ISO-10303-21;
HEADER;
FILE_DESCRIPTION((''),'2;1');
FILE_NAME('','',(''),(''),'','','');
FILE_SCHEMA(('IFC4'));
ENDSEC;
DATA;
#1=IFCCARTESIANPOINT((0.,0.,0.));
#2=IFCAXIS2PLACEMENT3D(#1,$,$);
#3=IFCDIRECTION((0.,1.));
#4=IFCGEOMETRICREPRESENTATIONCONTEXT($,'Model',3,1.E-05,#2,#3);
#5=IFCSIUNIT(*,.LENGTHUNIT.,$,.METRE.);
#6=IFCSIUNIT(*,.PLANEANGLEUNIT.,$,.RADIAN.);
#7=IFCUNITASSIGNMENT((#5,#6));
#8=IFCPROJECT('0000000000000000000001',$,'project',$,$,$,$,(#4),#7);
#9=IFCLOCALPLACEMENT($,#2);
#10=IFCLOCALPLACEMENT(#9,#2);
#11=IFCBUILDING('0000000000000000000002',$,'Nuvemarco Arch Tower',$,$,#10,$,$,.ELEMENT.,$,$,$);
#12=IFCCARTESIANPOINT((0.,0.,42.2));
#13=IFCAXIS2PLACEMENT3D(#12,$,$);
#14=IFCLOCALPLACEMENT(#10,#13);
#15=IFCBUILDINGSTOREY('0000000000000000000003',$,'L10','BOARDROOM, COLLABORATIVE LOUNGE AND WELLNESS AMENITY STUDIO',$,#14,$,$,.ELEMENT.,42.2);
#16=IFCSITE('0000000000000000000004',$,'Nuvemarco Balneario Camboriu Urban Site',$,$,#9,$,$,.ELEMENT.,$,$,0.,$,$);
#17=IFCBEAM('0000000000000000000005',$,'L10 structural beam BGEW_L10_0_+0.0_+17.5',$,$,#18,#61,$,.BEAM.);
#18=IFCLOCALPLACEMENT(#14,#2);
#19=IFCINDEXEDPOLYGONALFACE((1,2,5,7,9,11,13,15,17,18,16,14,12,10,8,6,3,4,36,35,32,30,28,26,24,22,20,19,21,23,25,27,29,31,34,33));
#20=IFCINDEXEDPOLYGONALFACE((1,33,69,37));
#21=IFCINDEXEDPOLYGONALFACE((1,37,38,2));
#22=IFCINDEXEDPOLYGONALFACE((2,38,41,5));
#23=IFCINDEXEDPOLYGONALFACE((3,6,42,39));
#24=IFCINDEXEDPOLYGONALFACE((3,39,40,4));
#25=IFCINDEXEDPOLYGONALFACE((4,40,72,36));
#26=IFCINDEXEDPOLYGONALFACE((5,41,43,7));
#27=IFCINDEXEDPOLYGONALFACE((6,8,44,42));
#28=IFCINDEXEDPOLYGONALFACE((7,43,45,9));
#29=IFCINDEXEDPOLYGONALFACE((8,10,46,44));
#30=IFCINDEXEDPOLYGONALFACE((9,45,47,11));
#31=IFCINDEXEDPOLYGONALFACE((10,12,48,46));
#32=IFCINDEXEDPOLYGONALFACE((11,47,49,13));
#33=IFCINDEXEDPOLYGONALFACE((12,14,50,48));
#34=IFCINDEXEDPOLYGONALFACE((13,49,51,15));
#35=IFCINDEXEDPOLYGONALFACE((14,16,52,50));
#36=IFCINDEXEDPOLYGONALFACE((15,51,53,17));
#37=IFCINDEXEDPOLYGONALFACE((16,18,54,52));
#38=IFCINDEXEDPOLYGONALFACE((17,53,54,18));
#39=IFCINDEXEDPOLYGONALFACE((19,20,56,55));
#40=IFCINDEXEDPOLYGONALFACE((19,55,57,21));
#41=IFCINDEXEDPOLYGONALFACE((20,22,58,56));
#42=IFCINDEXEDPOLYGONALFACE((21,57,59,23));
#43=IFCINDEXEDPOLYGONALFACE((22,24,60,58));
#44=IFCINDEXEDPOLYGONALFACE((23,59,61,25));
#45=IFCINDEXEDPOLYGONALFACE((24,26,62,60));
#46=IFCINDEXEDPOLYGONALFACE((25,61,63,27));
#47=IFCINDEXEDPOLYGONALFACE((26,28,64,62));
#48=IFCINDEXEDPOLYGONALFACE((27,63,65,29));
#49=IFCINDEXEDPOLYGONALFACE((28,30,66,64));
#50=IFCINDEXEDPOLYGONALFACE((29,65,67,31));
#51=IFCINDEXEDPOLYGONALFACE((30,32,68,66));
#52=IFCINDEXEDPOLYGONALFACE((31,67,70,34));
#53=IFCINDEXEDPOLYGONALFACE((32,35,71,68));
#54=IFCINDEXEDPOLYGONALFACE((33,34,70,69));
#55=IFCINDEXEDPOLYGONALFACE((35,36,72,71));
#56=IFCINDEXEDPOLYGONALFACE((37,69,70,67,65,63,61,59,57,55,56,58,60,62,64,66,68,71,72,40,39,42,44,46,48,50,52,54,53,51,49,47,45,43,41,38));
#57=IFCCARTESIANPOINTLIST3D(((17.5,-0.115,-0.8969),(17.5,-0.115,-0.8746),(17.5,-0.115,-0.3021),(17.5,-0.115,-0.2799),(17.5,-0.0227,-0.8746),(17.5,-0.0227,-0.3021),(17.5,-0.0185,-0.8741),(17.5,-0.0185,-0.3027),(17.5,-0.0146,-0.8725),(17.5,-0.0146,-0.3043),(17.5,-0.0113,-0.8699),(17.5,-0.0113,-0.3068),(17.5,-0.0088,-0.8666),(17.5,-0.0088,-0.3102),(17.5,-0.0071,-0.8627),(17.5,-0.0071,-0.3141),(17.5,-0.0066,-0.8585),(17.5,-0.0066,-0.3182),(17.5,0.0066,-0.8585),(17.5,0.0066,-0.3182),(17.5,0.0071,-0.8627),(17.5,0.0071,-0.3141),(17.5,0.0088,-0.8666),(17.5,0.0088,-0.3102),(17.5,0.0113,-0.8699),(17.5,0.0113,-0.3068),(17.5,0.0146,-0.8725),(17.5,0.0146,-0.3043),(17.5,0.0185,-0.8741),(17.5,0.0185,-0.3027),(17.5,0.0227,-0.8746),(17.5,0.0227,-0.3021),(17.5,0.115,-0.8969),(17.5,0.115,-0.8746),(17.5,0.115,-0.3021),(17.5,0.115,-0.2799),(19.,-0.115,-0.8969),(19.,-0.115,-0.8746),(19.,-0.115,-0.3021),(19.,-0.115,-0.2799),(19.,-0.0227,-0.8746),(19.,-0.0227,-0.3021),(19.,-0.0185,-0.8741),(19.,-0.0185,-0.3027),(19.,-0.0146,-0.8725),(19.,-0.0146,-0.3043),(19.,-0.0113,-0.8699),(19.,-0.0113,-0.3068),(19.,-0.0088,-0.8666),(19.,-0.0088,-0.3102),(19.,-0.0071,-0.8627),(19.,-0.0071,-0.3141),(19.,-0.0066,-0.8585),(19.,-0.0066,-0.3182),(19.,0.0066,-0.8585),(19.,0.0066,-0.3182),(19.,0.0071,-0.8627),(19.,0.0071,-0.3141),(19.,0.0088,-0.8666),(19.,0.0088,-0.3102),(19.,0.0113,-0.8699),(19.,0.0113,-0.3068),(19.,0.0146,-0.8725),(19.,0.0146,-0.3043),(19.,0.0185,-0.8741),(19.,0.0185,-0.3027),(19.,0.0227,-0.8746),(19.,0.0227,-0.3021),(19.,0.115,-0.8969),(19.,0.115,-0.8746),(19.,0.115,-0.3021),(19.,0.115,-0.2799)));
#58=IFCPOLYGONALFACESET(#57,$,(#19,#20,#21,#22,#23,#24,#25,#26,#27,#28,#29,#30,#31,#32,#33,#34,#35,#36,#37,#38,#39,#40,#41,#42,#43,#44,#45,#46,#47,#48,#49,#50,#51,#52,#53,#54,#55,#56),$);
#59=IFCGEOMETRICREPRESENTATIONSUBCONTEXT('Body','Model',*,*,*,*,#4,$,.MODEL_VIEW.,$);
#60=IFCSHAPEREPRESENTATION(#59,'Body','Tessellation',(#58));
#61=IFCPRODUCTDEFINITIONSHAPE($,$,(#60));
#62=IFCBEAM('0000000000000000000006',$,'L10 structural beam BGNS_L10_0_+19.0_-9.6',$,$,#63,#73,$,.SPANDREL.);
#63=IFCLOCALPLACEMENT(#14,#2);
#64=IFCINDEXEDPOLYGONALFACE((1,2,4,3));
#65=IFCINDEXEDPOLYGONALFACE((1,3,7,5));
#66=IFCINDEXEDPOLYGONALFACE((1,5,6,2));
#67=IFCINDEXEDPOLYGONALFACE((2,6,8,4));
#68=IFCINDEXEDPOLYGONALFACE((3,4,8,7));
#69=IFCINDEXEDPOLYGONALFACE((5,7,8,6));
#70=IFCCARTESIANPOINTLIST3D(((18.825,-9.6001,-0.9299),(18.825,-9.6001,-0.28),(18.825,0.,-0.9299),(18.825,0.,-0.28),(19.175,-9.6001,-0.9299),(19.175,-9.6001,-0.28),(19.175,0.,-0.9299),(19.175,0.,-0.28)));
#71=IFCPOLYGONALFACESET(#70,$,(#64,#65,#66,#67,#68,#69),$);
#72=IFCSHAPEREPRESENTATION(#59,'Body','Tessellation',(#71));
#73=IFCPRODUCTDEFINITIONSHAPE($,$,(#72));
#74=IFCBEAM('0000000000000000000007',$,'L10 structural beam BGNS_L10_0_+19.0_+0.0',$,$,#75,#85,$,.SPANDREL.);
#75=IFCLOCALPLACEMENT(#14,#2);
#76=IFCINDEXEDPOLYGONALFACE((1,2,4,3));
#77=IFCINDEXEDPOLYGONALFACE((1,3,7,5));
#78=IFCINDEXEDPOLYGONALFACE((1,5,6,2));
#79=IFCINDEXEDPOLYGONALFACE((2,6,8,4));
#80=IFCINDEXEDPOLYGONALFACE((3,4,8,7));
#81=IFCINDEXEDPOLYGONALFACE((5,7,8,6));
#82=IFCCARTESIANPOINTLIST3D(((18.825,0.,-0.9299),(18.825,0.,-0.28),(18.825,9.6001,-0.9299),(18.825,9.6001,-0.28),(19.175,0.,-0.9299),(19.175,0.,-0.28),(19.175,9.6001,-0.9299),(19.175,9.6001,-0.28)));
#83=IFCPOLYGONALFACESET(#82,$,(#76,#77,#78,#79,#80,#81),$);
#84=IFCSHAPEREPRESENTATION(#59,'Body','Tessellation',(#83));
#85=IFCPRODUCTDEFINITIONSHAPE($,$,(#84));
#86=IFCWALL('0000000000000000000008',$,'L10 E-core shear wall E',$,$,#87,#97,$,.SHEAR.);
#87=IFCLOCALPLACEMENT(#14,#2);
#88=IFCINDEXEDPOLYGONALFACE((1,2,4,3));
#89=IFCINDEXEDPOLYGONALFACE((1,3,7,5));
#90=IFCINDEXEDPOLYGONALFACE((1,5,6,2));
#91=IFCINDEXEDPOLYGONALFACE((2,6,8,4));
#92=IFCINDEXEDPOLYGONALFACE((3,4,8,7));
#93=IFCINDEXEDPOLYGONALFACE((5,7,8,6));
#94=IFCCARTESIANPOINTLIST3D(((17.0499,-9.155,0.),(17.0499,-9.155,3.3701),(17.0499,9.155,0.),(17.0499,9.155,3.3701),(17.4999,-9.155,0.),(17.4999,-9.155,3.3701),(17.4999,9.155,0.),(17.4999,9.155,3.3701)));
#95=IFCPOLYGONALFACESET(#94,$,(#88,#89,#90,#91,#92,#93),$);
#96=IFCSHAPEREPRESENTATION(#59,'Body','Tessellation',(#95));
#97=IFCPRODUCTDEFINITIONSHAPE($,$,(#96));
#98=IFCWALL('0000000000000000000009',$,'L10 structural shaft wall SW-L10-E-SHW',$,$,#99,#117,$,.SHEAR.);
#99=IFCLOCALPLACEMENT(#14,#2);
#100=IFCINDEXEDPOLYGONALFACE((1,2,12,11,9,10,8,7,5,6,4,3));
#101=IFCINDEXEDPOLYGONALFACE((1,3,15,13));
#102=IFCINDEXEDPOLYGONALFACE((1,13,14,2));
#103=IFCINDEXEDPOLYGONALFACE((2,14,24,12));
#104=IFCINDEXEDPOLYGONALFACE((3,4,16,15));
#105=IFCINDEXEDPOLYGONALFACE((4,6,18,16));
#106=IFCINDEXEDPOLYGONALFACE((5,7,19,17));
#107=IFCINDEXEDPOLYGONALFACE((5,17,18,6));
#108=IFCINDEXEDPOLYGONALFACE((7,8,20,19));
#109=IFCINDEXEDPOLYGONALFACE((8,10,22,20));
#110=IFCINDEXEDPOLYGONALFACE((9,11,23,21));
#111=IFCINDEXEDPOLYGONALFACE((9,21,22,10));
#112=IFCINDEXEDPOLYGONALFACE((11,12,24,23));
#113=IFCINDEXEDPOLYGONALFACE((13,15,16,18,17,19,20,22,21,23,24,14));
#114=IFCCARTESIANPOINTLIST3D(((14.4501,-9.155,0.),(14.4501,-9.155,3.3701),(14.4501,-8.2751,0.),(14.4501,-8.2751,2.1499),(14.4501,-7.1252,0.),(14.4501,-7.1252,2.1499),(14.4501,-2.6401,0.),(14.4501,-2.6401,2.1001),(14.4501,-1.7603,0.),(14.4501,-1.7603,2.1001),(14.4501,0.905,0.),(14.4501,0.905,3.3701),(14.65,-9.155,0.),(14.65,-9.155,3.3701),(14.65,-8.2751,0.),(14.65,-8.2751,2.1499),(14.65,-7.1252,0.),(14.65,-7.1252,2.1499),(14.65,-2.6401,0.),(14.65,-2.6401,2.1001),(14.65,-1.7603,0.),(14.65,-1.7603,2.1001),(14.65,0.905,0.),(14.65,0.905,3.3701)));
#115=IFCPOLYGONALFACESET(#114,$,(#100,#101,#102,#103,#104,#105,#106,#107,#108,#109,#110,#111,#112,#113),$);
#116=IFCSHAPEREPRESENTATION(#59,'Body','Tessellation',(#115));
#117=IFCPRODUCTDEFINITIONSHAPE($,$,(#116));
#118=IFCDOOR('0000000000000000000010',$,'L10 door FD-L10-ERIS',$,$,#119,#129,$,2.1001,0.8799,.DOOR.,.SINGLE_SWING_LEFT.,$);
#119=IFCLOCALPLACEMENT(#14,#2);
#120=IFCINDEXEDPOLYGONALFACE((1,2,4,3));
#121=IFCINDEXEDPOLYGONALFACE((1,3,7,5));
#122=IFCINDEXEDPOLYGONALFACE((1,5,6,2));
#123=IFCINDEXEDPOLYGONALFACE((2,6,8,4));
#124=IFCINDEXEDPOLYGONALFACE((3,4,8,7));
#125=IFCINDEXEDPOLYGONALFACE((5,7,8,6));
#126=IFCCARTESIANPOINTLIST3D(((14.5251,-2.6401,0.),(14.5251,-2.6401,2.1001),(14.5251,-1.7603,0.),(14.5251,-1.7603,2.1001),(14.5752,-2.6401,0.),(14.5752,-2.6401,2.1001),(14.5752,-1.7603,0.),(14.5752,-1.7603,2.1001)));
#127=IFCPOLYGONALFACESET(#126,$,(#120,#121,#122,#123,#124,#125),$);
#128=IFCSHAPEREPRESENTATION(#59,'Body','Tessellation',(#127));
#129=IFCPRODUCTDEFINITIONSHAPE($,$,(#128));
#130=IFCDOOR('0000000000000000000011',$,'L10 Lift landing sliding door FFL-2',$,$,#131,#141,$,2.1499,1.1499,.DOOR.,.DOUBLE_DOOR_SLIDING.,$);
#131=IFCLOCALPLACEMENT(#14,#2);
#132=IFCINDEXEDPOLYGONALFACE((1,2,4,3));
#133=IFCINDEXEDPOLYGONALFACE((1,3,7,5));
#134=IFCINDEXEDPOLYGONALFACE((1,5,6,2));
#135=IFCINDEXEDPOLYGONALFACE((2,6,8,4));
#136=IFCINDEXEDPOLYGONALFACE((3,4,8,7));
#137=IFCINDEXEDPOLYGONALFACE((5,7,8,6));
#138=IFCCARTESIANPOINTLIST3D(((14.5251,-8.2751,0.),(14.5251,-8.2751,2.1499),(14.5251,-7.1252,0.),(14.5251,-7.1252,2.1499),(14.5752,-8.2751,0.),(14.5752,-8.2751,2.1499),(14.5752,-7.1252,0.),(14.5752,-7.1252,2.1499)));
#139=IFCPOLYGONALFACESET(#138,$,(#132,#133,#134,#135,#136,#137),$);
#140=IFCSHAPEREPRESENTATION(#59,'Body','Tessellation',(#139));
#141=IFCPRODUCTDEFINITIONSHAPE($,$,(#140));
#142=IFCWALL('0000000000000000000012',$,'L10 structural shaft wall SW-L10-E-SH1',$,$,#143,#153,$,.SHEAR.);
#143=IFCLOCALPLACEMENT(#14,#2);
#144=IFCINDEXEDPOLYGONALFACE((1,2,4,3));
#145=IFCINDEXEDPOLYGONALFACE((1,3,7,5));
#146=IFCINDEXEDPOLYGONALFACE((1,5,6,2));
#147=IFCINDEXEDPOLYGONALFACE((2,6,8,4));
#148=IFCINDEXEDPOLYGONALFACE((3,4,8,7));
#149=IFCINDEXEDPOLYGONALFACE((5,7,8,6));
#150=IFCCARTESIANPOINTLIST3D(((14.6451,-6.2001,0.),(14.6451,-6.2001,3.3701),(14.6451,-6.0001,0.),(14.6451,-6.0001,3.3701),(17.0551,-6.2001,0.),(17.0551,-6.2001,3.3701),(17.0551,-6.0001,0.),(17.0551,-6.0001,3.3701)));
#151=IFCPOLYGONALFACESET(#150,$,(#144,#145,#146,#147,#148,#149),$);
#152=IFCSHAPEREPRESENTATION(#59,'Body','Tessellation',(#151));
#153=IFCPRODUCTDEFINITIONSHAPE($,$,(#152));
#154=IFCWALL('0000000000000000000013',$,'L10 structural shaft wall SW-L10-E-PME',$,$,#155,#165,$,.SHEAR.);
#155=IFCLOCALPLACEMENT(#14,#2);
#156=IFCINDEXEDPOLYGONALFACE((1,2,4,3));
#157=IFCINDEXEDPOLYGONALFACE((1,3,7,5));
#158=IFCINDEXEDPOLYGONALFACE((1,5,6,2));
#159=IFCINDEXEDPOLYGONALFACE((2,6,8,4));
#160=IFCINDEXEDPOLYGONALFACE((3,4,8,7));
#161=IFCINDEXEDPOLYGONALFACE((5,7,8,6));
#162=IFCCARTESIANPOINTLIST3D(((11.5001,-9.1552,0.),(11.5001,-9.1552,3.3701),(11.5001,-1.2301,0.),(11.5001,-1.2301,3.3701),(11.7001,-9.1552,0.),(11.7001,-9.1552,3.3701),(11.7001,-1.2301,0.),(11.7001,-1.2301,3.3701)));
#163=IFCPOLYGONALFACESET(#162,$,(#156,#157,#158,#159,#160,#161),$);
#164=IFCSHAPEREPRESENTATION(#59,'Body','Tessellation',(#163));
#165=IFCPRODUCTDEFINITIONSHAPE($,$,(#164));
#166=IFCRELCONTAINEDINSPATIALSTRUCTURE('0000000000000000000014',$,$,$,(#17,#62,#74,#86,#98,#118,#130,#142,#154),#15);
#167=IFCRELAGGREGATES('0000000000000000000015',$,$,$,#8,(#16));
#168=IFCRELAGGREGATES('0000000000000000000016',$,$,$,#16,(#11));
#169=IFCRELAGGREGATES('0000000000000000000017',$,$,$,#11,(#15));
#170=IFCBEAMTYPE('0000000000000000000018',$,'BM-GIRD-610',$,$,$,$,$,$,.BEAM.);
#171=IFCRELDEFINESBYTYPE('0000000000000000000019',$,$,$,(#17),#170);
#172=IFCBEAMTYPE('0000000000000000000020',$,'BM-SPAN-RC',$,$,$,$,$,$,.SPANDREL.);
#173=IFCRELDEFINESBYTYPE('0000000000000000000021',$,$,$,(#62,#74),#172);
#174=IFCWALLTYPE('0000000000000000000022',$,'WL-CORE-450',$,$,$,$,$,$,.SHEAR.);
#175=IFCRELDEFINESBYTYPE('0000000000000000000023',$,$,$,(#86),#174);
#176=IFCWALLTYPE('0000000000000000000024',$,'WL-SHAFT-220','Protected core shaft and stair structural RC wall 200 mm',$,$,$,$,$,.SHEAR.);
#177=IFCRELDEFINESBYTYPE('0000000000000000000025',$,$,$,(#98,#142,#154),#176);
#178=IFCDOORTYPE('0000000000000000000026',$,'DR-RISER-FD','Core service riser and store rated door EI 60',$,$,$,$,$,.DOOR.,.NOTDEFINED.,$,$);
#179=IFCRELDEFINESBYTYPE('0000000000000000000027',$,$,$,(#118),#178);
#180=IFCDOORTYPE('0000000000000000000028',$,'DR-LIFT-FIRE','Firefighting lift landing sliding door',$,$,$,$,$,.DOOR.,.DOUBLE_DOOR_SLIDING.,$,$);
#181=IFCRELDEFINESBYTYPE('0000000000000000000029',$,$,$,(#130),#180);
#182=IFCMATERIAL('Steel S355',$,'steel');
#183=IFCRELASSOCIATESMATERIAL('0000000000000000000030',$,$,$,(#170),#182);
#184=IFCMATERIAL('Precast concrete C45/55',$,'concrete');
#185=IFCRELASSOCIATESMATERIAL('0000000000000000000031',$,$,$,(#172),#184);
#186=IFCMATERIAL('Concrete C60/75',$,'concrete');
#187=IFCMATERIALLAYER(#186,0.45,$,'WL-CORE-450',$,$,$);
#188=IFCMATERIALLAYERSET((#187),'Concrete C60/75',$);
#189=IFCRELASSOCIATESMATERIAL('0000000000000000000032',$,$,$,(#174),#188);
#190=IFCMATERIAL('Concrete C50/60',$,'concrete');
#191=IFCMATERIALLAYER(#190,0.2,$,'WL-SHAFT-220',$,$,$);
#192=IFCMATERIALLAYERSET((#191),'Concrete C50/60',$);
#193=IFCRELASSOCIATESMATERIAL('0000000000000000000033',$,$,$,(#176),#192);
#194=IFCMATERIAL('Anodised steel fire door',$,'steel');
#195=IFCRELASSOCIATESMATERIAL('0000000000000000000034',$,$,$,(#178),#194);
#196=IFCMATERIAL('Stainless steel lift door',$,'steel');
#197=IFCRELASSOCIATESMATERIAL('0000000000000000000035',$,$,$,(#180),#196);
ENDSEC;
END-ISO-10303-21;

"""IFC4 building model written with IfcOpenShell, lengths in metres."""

from ifc_helpers import new_model, si_unit, direction, frame, frame_2d, origin, origin_2d, place, context, subcontext, project, spatial, rectangle, i_section, extrude, source, transform, mapped, material, layer, layer_set, material_profile, profile_set, type_object, type_shapes, element, fill, save


model = new_model("IFC4")

# Units and contexts
model_context = context("Model", 3, precision=1e-05, world=origin(), true_north=direction((0.0, 1.0)))
body_context = subcontext(model_context, "Body", "Model", "MODEL_VIEW")
ifc_project = project(units=[si_unit("LENGTHUNIT", "METRE"), si_unit("PLANEANGLEUNIT", "RADIAN")], contexts=[model_context])

# Site, building, storey
site_placement = place(None, origin())
site = spatial("IfcSite", under=ifc_project, at=site_placement, Name="Nuvemarco Balneario Camboriu Urban Site", CompositionType="ELEMENT", RefElevation=0.0)
building_placement = place(site_placement, origin())
building = spatial("IfcBuilding", under=site, at=building_placement, Name="Nuvemarco Arch Tower", CompositionType="ELEMENT")
storey_placement = place(building_placement, frame((0.0, 0.0, 42.2)))
storey = spatial("IfcBuildingStorey", under=building, at=storey_placement, Name="L10", Description="BOARDROOM, COLLABORATIVE LOUNGE AND WELLNESS AMENITY STUDIO", CompositionType="ELEMENT", Elevation=42.2)

# Shared definitions
ifc_material_1 = material(Name="Concrete C60/75", Category="concrete")

# Beams
ifc_material_2 = material(Name="Steel S355", Category="steel")
ifc_material_profile_1 = material_profile(ifc_material_2, i_section(OverallWidth=0.23, OverallDepth=0.6169, WebThickness=0.0132, FlangeThickness=0.0222, FilletRadius=0.0161, at=origin_2d()), Name="W610x140")
ifc_profile_set_1 = profile_set([ifc_material_profile_1], Name="Steel S355")
beam_type_1 = type_object("IfcBeamType", Name="BM-GIRD-610", PredefinedType="BEAM", material=ifc_profile_set_1)
for number, where, z_axis, x_axis, name in (
    (1, (17.5, 0.0, -0.5884), (1.0, 0.0, 0.0), (0.0, 1.0, 0.0), "L10 structural beam BGEW_L10_0_+0.0_+17.5"),
):
    element("IfcBeam", number, at=place(storey_placement, frame(where, z_axis=z_axis, x_axis=x_axis)), inside=storey, type_object=beam_type_1, Name=name, PredefinedType="BEAM", context=body_context, shape_type="SweptSolid", body=[
        extrude(i_section(OverallWidth=0.23, OverallDepth=0.6169, WebThickness=0.0132, FlangeThickness=0.0222, FilletRadius=0.0161, at=origin_2d()), origin(), (0.0, 0.0, 1.0), 1.5),
    ])
ifc_material_3 = material(Name="Precast concrete C45/55", Category="concrete")
ifc_material_profile_2 = material_profile(ifc_material_3, rectangle(XDim=0.3501, YDim=0.6499, at=origin_2d()), Name="PC-SP-350x650")
ifc_profile_set_2 = profile_set([ifc_material_profile_2], Name="Precast concrete C45/55")
beam_type_2 = type_object("IfcBeamType", Name="BM-SPAN-RC", PredefinedType="SPANDREL", material=ifc_profile_set_2)
for number, where, z_axis, x_axis, name in (
    (2, (19.0, -9.6001, -0.605), (0.0, 1.0, 0.0), (-1.0, 0.0, 0.0), "L10 structural beam BGNS_L10_0_+19.0_-9.6"),
    (3, (19.0, 0.0, -0.605), (0.0, 1.0, 0.0), (-1.0, 0.0, 0.0), "L10 structural beam BGNS_L10_0_+19.0_+0.0"),
):
    element("IfcBeam", number, at=place(storey_placement, frame(where, z_axis=z_axis, x_axis=x_axis)), inside=storey, type_object=beam_type_2, Name=name, PredefinedType="SPANDREL", context=body_context, shape_type="SweptSolid", body=[
        extrude(rectangle(XDim=0.3501, YDim=0.6499, at=origin_2d()), origin(), (0.0, 0.0, 1.0), 9.6001),
    ])

# Wall
ifc_layer_1 = layer(ifc_material_1, 0.45, Name="WL-CORE-450")
ifc_layer_set_1 = layer_set([ifc_layer_1], Name="Concrete C60/75")
wall_type_1 = type_object("IfcWallType", Name="WL-CORE-450", PredefinedType="SHEAR", material=ifc_layer_set_1)
wall_1_placement = place(storey_placement, frame((17.2749, -9.155, 0.0), z_axis=(0.0, 0.0, 1.0), x_axis=(0.0, 1.0, 0.0)))
element("IfcWall", 4, at=wall_1_placement, inside=storey, type_object=wall_type_1, Name="L10 E-core shear wall E", PredefinedType="SHEAR", context=body_context, shape_type="SweptSolid", body=[
    extrude(rectangle(XDim=18.3101, YDim=0.45, at=frame_2d((9.155, 0.0))), origin(), (0.0, 0.0, 1.0), 3.3701),
])

# Wall, openings, doors
ifc_material_4 = material(Name="Concrete C50/60", Category="concrete")
ifc_layer_2 = layer(ifc_material_4, 0.2, Name="WL-SHAFT-220")
ifc_layer_set_2 = layer_set([ifc_layer_2], Name="Concrete C50/60")
wall_type_2 = type_object("IfcWallType", Name="WL-SHAFT-220", Description="Protected core shaft and stair structural RC wall 200 mm", PredefinedType="SHEAR", material=ifc_layer_set_2)
wall_2_placement = place(storey_placement, frame((14.55, -9.155, 0.0), z_axis=(0.0, 0.0, 1.0), x_axis=(0.0, 1.0, 0.0)))
wall_2 = element("IfcWall", 5, at=wall_2_placement, inside=storey, type_object=wall_type_2, Name="L10 structural shaft wall SW-L10-E-SHW", PredefinedType="SHEAR", context=body_context, shape_type="SweptSolid", body=[
    extrude(rectangle(XDim=10.0601, YDim=0.2, at=frame_2d((5.03, 0.0))), origin(), (0.0, 0.0, 1.0), 3.3701),
])
opening_1_placement = place(wall_2_placement, frame((6.5149, 0.0, 0.0)))
opening_1 = element("IfcOpeningElement", 6, at=opening_1_placement, cuts=wall_2, PredefinedType="OPENING", context=body_context, shape_type="SweptSolid", body=[
    extrude(rectangle(XDim=0.8799, YDim=2.1001, at=frame_2d((0.4399, 1.05))), frame((0.0, 0.1099, 0.0), z_axis=(0.0, -1.0, 0.0), x_axis=(1.0, 0.0, 0.0)), (0.0, 0.0, 1.0), 0.22),
])
opening_2_placement = place(wall_2_placement, frame((0.8799, 0.0, 0.0)))
opening_2 = element("IfcOpeningElement", 7, at=opening_2_placement, cuts=wall_2, PredefinedType="OPENING", context=body_context, shape_type="SweptSolid", body=[
    extrude(rectangle(XDim=1.1499, YDim=2.1499, at=frame_2d((0.575, 1.075))), frame((0.0, 0.1099, 0.0), z_axis=(0.0, -1.0, 0.0), x_axis=(1.0, 0.0, 0.0)), (0.0, 0.0, 1.0), 0.22),
])
ifc_material_5 = material(Name="Anodised steel fire door", Category="steel")
door_type_1 = type_object("IfcDoorType", Name="DR-RISER-FD", Description="Core service riser and store rated door EI 60", OperationType="NOTDEFINED", PredefinedType="DOOR", material=ifc_material_5)
shared_shape_1 = source(origin(), body_context, "Body", "SweptSolid", [
    extrude(rectangle(XDim=0.8799, YDim=2.1001, at=frame_2d((0.4399, 1.05))), frame((0.0, 0.0249, 0.0), z_axis=(0.0, -1.0, 0.0), x_axis=(1.0, 0.0, 0.0)), (0.0, 0.0, 1.0), 0.05),
])
type_shapes(door_type_1, [shared_shape_1])
door_1_placement = place(opening_1_placement, origin())
door_1 = element("IfcDoor", 8, at=door_1_placement, inside=storey, type_object=door_type_1, Name="L10 door FD-L10-ERIS", OperationType="SINGLE_SWING_LEFT", OverallHeight=2.1001, OverallWidth=0.8799, PredefinedType="DOOR", context=body_context, shape_type="MappedRepresentation", body=[
    mapped(shared_shape_1, transform((0.0, 0.0, 0.0), scale=1.0)),
])
fill(opening_1, door_1)
ifc_material_6 = material(Name="Stainless steel lift door", Category="steel")
door_type_2 = type_object("IfcDoorType", Name="DR-LIFT-FIRE", Description="Firefighting lift landing sliding door", OperationType="DOUBLE_DOOR_SLIDING", PredefinedType="DOOR", material=ifc_material_6)
shared_shape_2 = source(origin(), body_context, "Body", "SweptSolid", [
    extrude(rectangle(XDim=1.1499, YDim=2.1499, at=frame_2d((0.575, 1.075))), frame((0.0, 0.0249, 0.0), z_axis=(0.0, -1.0, 0.0), x_axis=(1.0, 0.0, 0.0)), (0.0, 0.0, 1.0), 0.05),
])
type_shapes(door_type_2, [shared_shape_2])
door_2_placement = place(opening_2_placement, origin())
door_2 = element("IfcDoor", 9, at=door_2_placement, inside=storey, type_object=door_type_2, Name="L10 Lift landing sliding door FFL-2", OperationType="DOUBLE_DOOR_SLIDING", OverallHeight=2.1499, OverallWidth=1.1499, PredefinedType="DOOR", context=body_context, shape_type="MappedRepresentation", body=[
    mapped(shared_shape_2, transform((0.0, 0.0, 0.0), scale=1.0)),
])
fill(opening_2, door_2)

# Walls
wall_3_placement = place(storey_placement, frame((14.645, -6.1001, 0.0), z_axis=(0.0, 0.0, 1.0), x_axis=(1.0, 0.0, 0.0)))
element("IfcWall", 10, at=wall_3_placement, inside=storey, type_object=wall_type_2, Name="L10 structural shaft wall SW-L10-E-SH1", PredefinedType="SHEAR", context=body_context, shape_type="SweptSolid", body=[
    extrude(rectangle(XDim=2.4099, YDim=0.2, at=frame_2d((1.2051, 0.0))), origin(), (0.0, 0.0, 1.0), 3.3701),
])
wall_4_placement = place(storey_placement, frame((11.6001, -9.155, 0.0), z_axis=(0.0, 0.0, 1.0), x_axis=(0.0, 1.0, 0.0)))
element("IfcWall", 11, at=wall_4_placement, inside=storey, type_object=wall_type_2, Name="L10 structural shaft wall SW-L10-E-PME", PredefinedType="SHEAR", context=body_context, shape_type="SweptSolid", body=[
    extrude(rectangle(XDim=7.925, YDim=0.2, at=frame_2d((3.9624, 0.0))), origin(), (0.0, 0.0, 1.0), 3.3701),
])

save(model, "model.ifc")
